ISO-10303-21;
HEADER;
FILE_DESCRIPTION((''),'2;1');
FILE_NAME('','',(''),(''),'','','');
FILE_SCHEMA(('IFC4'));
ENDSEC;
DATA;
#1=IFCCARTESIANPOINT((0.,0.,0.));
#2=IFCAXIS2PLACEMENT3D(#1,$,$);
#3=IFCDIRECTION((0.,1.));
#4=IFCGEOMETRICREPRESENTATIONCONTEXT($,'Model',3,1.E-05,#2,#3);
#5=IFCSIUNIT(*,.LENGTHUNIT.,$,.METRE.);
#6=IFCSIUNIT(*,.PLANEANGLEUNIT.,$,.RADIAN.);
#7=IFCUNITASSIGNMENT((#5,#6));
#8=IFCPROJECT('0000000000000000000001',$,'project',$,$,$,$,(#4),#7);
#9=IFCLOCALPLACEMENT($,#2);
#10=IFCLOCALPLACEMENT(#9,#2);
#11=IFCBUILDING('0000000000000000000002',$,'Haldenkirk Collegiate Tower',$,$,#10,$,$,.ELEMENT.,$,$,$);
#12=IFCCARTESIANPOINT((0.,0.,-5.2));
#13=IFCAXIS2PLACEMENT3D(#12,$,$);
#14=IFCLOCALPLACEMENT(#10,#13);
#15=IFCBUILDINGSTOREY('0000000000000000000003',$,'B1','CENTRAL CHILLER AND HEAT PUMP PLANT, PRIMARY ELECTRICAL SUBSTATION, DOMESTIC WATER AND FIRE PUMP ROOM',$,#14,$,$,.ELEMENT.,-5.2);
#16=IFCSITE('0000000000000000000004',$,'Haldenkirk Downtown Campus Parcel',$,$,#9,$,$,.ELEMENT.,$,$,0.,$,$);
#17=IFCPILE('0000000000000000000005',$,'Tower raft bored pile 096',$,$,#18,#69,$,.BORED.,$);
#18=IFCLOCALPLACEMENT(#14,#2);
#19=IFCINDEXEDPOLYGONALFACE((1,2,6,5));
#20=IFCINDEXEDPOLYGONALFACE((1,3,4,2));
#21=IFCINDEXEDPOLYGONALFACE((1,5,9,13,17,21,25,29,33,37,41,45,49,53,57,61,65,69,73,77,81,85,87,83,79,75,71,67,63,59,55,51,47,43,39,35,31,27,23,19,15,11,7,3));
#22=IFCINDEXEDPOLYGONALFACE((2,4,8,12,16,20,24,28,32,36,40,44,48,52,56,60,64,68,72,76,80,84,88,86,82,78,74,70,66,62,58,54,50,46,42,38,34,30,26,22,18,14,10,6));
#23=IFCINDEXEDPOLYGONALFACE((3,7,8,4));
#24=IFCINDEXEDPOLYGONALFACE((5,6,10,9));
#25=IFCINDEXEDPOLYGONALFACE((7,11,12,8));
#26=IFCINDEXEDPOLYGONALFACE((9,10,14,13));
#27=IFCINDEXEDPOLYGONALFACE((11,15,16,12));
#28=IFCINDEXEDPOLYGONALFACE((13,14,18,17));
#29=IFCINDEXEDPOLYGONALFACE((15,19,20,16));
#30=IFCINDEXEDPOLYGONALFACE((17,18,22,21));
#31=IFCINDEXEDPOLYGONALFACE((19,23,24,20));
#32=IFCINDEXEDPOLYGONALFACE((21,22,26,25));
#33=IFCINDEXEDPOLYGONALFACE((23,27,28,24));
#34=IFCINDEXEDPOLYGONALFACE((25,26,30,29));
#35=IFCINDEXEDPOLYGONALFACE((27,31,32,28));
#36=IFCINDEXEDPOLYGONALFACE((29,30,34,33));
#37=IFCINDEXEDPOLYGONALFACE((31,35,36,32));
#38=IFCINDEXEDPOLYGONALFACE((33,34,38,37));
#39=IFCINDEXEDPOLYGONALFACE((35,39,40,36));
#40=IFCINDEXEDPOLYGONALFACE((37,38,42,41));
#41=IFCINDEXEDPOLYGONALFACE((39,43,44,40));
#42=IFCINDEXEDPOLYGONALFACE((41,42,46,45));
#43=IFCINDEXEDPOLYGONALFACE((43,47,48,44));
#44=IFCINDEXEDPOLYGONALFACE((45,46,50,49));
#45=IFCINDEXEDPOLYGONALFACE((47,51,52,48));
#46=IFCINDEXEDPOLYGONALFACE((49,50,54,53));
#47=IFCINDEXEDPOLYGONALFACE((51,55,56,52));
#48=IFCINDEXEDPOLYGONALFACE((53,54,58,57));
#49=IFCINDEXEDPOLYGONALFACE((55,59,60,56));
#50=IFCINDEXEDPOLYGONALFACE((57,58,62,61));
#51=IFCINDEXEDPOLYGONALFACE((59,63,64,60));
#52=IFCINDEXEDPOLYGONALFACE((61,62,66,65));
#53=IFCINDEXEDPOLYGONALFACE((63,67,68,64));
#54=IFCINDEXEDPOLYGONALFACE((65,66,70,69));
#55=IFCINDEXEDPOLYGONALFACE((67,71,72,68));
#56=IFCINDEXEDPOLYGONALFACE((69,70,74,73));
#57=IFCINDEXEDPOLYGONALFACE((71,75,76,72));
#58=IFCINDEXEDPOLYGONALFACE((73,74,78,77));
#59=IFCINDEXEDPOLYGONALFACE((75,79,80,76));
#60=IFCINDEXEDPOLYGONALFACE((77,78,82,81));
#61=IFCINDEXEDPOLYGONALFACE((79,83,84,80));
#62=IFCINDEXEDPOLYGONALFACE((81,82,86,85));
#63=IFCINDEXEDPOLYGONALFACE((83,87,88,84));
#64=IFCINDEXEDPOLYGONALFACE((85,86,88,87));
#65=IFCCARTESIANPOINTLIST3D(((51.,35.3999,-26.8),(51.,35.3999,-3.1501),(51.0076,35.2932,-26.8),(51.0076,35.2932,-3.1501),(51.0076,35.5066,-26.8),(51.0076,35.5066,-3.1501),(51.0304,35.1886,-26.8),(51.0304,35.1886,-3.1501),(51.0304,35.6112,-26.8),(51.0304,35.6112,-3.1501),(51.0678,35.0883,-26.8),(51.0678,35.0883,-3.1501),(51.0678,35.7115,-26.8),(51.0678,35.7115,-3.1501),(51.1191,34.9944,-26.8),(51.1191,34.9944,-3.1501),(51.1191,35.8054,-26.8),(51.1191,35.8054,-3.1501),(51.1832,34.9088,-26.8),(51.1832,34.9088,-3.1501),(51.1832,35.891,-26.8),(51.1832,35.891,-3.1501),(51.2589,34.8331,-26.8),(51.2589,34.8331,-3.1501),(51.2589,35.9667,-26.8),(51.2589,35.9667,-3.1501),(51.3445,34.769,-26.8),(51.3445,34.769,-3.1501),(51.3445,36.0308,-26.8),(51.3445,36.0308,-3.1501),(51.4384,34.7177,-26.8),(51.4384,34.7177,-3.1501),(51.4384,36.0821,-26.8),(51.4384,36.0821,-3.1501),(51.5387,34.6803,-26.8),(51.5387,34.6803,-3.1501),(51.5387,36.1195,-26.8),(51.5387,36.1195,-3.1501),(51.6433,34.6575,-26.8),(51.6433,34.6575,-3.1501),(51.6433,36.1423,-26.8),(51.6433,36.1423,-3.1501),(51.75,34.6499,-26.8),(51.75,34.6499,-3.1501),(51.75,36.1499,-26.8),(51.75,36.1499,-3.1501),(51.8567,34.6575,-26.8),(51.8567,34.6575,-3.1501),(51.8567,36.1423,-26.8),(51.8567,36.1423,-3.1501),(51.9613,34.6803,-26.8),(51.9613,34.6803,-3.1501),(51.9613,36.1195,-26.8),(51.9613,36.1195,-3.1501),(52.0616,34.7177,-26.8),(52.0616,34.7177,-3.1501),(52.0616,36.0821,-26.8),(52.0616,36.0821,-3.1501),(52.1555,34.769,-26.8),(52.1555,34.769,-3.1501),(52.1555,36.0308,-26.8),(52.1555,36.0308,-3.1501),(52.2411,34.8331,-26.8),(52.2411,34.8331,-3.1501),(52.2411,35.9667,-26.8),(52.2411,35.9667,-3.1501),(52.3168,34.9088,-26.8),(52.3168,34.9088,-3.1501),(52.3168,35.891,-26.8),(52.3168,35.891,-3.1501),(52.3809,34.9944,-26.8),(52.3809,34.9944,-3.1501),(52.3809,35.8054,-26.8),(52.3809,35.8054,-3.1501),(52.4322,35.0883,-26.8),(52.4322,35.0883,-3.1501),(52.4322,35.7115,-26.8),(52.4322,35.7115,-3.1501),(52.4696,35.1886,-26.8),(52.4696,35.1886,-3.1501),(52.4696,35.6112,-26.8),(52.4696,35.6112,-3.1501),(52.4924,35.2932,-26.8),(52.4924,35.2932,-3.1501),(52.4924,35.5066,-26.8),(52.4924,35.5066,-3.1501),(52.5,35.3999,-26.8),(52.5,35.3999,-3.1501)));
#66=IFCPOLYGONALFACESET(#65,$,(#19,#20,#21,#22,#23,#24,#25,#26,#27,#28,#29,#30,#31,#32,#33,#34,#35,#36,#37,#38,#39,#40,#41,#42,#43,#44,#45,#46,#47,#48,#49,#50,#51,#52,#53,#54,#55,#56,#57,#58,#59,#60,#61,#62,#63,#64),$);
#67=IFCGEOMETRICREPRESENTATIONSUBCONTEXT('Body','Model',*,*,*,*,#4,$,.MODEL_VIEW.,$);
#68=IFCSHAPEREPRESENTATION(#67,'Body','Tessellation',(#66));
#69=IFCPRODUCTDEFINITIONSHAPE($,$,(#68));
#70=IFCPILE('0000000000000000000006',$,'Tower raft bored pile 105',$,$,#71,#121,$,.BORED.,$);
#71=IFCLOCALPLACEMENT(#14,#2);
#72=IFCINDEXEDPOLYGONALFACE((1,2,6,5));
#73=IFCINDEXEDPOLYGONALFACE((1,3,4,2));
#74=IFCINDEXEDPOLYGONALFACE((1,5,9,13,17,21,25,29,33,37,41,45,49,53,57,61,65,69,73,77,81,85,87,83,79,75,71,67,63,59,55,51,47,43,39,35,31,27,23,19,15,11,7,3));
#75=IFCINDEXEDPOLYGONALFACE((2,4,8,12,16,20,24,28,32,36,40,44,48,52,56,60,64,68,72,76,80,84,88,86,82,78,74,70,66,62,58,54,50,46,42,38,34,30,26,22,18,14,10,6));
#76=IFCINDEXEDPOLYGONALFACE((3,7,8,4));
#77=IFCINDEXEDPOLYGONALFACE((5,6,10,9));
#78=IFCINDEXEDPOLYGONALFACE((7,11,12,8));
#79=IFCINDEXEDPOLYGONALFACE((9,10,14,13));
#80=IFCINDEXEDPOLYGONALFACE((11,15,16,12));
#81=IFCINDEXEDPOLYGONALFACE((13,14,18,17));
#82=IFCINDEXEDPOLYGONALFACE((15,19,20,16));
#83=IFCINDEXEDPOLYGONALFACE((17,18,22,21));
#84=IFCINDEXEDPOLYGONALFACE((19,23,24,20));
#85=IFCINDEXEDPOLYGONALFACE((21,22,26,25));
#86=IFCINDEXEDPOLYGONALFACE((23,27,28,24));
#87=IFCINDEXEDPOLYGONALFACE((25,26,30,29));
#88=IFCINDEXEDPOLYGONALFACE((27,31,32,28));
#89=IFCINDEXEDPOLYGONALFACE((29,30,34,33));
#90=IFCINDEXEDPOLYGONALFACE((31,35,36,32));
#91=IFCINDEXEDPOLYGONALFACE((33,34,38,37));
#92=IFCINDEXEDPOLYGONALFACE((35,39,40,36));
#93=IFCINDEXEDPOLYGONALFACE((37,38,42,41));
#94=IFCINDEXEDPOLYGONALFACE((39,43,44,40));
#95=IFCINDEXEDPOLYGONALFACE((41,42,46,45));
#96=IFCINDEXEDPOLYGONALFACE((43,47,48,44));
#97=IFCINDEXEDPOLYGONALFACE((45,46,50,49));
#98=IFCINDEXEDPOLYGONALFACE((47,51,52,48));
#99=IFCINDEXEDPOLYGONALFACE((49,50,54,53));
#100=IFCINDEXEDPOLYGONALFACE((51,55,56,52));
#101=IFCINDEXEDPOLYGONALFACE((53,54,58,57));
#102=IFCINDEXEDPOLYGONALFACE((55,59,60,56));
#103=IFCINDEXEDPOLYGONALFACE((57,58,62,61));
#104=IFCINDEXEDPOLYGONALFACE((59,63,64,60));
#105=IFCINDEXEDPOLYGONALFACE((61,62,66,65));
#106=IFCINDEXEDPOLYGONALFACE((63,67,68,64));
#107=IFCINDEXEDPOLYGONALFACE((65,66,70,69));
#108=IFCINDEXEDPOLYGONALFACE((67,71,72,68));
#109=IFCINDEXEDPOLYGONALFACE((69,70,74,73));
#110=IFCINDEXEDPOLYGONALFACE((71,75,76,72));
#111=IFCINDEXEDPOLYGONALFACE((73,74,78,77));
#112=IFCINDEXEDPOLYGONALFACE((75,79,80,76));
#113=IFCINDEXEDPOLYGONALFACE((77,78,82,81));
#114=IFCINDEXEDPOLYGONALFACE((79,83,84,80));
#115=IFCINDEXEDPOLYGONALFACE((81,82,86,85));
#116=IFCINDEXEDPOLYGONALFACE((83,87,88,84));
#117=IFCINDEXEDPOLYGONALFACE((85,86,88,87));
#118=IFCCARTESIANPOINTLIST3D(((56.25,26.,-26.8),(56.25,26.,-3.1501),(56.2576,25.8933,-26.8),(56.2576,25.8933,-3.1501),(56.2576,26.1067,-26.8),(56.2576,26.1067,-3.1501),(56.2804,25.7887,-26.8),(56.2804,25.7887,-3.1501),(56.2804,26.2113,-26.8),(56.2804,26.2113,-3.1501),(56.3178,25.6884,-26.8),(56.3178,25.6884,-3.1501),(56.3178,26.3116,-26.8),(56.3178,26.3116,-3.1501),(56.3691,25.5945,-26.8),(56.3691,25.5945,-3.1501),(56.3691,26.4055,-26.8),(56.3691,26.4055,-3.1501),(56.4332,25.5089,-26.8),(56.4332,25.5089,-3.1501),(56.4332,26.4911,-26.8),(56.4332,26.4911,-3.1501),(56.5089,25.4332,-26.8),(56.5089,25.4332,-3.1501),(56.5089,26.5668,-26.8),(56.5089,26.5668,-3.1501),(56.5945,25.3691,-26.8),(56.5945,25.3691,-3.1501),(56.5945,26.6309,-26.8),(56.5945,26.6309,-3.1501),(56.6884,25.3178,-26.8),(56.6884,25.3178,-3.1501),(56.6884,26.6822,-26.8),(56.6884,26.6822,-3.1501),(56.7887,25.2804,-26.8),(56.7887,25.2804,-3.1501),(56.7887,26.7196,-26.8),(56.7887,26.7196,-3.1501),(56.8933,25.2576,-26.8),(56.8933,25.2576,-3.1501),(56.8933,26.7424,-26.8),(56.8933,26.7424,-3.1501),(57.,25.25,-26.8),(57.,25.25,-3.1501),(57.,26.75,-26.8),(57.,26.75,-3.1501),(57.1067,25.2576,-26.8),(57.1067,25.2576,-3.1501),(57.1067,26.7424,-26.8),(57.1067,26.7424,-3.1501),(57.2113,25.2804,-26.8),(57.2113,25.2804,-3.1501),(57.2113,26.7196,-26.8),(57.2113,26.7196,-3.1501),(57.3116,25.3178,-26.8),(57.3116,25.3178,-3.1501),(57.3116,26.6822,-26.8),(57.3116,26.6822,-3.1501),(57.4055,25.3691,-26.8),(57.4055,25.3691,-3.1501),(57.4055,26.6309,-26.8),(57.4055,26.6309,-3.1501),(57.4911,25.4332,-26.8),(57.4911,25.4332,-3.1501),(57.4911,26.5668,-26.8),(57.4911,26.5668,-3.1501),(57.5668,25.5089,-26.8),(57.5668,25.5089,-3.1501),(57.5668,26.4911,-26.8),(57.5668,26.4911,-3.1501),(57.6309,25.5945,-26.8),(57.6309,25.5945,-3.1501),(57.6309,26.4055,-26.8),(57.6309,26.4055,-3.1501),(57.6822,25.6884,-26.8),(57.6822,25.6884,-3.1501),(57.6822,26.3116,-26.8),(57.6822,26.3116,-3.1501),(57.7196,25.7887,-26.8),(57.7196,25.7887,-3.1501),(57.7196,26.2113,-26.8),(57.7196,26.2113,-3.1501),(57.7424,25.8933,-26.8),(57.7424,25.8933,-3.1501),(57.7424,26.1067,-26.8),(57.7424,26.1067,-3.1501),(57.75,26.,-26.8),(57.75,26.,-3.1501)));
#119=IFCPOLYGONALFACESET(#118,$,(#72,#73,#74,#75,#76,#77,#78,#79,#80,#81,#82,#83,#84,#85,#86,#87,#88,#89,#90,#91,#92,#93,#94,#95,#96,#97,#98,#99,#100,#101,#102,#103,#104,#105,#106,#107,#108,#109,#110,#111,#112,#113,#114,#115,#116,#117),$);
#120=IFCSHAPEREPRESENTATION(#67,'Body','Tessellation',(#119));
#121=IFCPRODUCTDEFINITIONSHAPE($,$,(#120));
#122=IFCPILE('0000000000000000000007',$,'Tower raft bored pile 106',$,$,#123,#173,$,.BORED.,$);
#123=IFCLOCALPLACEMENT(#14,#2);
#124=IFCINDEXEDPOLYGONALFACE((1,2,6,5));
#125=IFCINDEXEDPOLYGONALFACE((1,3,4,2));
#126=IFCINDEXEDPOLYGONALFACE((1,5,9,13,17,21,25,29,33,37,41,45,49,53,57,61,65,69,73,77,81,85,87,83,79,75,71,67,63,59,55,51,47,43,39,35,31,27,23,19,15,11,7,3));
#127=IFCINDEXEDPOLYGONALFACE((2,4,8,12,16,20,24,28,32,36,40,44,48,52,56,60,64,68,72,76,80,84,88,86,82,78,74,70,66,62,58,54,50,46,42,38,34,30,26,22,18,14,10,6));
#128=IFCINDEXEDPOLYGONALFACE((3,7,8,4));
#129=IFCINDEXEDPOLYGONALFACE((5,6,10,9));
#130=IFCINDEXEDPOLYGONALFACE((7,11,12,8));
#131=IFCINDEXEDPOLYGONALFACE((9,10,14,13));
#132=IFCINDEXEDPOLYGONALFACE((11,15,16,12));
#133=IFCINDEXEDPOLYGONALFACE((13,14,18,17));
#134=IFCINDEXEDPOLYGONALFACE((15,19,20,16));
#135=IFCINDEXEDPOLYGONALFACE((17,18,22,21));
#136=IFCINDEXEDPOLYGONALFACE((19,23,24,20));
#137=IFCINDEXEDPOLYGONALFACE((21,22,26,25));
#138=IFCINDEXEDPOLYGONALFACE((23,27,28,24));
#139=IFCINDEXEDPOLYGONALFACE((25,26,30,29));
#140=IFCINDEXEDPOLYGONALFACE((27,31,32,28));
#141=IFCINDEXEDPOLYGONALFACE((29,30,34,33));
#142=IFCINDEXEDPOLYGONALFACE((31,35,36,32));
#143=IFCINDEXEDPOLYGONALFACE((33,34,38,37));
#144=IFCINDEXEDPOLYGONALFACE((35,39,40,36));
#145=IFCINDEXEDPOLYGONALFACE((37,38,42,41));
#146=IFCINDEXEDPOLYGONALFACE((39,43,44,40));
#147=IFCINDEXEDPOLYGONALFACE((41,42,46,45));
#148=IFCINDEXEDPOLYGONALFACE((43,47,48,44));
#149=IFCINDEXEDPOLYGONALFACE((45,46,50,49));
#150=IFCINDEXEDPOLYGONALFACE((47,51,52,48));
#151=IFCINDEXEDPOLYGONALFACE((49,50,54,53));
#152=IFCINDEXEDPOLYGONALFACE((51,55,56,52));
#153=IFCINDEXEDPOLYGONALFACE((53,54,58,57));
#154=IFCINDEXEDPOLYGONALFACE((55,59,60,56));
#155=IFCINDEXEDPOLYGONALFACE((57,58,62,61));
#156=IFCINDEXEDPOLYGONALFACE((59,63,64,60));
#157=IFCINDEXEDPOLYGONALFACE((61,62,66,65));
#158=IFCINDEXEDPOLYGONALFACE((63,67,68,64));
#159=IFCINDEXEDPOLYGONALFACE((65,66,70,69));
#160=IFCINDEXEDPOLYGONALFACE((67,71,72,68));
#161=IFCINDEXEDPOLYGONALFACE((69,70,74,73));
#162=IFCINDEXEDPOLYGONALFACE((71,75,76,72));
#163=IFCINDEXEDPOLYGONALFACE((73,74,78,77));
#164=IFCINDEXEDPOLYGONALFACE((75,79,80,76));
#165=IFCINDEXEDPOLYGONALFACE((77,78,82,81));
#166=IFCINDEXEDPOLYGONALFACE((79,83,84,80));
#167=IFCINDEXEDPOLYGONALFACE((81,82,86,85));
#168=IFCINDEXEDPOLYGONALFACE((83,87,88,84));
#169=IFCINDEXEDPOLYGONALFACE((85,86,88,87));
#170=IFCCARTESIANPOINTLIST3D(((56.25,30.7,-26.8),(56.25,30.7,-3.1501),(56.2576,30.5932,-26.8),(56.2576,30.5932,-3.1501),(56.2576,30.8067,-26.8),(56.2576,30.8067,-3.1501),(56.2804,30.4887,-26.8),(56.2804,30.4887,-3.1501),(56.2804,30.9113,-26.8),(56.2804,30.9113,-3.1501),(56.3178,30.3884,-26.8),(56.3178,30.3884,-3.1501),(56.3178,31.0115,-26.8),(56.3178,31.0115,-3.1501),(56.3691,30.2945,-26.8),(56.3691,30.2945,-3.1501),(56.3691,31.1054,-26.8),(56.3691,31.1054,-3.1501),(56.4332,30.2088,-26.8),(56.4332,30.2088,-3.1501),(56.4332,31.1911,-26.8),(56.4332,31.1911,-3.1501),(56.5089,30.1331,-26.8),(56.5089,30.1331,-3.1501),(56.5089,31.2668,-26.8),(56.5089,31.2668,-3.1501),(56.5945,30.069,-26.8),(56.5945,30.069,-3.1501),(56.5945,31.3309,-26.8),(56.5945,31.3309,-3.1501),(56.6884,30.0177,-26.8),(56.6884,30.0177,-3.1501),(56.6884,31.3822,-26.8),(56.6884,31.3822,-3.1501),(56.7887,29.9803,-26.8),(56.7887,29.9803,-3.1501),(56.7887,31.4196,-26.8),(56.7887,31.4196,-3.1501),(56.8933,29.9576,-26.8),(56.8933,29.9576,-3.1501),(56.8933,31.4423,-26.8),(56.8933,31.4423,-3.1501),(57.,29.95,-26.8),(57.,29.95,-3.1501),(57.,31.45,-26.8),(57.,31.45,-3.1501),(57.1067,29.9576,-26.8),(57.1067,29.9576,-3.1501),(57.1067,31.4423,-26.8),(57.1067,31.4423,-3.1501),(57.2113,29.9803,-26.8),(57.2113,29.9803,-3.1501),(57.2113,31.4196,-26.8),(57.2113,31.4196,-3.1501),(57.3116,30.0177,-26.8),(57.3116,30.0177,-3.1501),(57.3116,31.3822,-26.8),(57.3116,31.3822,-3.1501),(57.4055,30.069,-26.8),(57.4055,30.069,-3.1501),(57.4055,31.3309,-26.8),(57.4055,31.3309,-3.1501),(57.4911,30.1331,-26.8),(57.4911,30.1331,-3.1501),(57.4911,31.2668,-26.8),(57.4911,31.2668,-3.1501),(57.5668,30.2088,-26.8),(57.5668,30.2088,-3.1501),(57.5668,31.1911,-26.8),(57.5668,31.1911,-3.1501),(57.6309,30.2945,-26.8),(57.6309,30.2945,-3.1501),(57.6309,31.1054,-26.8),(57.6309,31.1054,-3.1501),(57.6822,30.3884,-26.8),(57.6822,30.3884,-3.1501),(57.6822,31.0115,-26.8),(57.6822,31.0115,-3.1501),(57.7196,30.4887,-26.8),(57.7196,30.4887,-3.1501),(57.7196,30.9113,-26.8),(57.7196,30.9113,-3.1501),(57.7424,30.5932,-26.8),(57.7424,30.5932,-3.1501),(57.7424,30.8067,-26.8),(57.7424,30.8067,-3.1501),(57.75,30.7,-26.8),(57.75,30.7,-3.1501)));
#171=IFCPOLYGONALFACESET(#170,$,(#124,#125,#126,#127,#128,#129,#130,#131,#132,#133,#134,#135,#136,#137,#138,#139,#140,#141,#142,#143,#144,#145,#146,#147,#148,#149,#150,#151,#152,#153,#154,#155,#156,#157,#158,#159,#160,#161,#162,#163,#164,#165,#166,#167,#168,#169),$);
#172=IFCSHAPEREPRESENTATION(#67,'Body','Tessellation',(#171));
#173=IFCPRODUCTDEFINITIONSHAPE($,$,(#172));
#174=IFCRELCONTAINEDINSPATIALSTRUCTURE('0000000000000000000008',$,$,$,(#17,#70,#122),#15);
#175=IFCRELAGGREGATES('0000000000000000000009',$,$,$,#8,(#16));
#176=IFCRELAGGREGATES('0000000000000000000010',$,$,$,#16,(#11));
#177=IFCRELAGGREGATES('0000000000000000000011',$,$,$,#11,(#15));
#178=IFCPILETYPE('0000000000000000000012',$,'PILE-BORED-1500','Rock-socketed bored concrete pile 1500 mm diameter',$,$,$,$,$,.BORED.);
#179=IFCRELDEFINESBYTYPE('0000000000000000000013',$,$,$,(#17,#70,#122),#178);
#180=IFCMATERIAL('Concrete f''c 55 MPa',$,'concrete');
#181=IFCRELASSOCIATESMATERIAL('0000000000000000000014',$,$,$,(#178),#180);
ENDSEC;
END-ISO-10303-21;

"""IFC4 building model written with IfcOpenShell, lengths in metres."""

from ifc_helpers import new_model, si_unit, direction, frame, origin, origin_2d, place, context, subcontext, project, spatial, circle, extrude, material, material_profile, profile_set, type_object, element, save


model = new_model("IFC4")

# Units and contexts
model_context = context("Model", 3, precision=1e-05, world=origin(), true_north=direction((0.0, 1.0)))
body_context = subcontext(model_context, "Body", "Model", "MODEL_VIEW")
ifc_project = project(units=[si_unit("LENGTHUNIT", "METRE"), si_unit("PLANEANGLEUNIT", "RADIAN")], contexts=[model_context])

# Site, building, storey
site_placement = place(None, origin())
site = spatial("IfcSite", under=ifc_project, at=site_placement, Name="Haldenkirk Downtown Campus Parcel", CompositionType="ELEMENT", RefElevation=0.0)
building_placement = place(site_placement, origin())
building = spatial("IfcBuilding", under=site, at=building_placement, Name="Haldenkirk Collegiate Tower", CompositionType="ELEMENT")
storey_placement = place(building_placement, frame((0.0, 0.0, -5.2)))
storey = spatial("IfcBuildingStorey", under=building, at=storey_placement, Name="B1", Description="CENTRAL CHILLER AND HEAT PUMP PLANT, PRIMARY ELECTRICAL SUBSTATION, DOMESTIC WATER AND FIRE PUMP ROOM", CompositionType="ELEMENT", Elevation=-5.2)

# Shared definitions
ifc_material_1 = material(Name="Concrete f'c 55 MPa", Category="concrete")

# Piles
ifc_material_profile_1 = material_profile(ifc_material_1, circle(Radius=0.75, at=origin_2d()), Name="PILE1500")
ifc_profile_set_1 = profile_set([ifc_material_profile_1], Name="Concrete f'c 55 MPa")
pile_type_1 = type_object("IfcPileType", Name="PILE-BORED-1500", Description="Rock-socketed bored concrete pile 1500 mm diameter", PredefinedType="BORED", material=ifc_profile_set_1)
for number, where, z_axis, x_axis, name in (
    (1, (51.75, 35.3999, -3.1501), (0.0, 0.0, -1.0), (1.0, 0.0, 0.0), "Tower raft bored pile 096"),
    (2, (57.0, 26.0, -3.1501), (0.0, 0.0, -1.0), (1.0, 0.0, 0.0), "Tower raft bored pile 105"),
    (3, (57.0, 30.7, -3.1501), (0.0, 0.0, -1.0), (1.0, 0.0, 0.0), "Tower raft bored pile 106"),
):
    element("IfcPile", number, at=place(storey_placement, frame(where, z_axis=z_axis, x_axis=x_axis)), inside=storey, type_object=pile_type_1, Name=name, PredefinedType="BORED", context=body_context, shape_type="SweptSolid", body=[
        extrude(circle(Radius=0.75, at=origin_2d()), origin(), (0.0, 0.0, 1.0), 23.6499),
    ])

save(model, "model.ifc")
